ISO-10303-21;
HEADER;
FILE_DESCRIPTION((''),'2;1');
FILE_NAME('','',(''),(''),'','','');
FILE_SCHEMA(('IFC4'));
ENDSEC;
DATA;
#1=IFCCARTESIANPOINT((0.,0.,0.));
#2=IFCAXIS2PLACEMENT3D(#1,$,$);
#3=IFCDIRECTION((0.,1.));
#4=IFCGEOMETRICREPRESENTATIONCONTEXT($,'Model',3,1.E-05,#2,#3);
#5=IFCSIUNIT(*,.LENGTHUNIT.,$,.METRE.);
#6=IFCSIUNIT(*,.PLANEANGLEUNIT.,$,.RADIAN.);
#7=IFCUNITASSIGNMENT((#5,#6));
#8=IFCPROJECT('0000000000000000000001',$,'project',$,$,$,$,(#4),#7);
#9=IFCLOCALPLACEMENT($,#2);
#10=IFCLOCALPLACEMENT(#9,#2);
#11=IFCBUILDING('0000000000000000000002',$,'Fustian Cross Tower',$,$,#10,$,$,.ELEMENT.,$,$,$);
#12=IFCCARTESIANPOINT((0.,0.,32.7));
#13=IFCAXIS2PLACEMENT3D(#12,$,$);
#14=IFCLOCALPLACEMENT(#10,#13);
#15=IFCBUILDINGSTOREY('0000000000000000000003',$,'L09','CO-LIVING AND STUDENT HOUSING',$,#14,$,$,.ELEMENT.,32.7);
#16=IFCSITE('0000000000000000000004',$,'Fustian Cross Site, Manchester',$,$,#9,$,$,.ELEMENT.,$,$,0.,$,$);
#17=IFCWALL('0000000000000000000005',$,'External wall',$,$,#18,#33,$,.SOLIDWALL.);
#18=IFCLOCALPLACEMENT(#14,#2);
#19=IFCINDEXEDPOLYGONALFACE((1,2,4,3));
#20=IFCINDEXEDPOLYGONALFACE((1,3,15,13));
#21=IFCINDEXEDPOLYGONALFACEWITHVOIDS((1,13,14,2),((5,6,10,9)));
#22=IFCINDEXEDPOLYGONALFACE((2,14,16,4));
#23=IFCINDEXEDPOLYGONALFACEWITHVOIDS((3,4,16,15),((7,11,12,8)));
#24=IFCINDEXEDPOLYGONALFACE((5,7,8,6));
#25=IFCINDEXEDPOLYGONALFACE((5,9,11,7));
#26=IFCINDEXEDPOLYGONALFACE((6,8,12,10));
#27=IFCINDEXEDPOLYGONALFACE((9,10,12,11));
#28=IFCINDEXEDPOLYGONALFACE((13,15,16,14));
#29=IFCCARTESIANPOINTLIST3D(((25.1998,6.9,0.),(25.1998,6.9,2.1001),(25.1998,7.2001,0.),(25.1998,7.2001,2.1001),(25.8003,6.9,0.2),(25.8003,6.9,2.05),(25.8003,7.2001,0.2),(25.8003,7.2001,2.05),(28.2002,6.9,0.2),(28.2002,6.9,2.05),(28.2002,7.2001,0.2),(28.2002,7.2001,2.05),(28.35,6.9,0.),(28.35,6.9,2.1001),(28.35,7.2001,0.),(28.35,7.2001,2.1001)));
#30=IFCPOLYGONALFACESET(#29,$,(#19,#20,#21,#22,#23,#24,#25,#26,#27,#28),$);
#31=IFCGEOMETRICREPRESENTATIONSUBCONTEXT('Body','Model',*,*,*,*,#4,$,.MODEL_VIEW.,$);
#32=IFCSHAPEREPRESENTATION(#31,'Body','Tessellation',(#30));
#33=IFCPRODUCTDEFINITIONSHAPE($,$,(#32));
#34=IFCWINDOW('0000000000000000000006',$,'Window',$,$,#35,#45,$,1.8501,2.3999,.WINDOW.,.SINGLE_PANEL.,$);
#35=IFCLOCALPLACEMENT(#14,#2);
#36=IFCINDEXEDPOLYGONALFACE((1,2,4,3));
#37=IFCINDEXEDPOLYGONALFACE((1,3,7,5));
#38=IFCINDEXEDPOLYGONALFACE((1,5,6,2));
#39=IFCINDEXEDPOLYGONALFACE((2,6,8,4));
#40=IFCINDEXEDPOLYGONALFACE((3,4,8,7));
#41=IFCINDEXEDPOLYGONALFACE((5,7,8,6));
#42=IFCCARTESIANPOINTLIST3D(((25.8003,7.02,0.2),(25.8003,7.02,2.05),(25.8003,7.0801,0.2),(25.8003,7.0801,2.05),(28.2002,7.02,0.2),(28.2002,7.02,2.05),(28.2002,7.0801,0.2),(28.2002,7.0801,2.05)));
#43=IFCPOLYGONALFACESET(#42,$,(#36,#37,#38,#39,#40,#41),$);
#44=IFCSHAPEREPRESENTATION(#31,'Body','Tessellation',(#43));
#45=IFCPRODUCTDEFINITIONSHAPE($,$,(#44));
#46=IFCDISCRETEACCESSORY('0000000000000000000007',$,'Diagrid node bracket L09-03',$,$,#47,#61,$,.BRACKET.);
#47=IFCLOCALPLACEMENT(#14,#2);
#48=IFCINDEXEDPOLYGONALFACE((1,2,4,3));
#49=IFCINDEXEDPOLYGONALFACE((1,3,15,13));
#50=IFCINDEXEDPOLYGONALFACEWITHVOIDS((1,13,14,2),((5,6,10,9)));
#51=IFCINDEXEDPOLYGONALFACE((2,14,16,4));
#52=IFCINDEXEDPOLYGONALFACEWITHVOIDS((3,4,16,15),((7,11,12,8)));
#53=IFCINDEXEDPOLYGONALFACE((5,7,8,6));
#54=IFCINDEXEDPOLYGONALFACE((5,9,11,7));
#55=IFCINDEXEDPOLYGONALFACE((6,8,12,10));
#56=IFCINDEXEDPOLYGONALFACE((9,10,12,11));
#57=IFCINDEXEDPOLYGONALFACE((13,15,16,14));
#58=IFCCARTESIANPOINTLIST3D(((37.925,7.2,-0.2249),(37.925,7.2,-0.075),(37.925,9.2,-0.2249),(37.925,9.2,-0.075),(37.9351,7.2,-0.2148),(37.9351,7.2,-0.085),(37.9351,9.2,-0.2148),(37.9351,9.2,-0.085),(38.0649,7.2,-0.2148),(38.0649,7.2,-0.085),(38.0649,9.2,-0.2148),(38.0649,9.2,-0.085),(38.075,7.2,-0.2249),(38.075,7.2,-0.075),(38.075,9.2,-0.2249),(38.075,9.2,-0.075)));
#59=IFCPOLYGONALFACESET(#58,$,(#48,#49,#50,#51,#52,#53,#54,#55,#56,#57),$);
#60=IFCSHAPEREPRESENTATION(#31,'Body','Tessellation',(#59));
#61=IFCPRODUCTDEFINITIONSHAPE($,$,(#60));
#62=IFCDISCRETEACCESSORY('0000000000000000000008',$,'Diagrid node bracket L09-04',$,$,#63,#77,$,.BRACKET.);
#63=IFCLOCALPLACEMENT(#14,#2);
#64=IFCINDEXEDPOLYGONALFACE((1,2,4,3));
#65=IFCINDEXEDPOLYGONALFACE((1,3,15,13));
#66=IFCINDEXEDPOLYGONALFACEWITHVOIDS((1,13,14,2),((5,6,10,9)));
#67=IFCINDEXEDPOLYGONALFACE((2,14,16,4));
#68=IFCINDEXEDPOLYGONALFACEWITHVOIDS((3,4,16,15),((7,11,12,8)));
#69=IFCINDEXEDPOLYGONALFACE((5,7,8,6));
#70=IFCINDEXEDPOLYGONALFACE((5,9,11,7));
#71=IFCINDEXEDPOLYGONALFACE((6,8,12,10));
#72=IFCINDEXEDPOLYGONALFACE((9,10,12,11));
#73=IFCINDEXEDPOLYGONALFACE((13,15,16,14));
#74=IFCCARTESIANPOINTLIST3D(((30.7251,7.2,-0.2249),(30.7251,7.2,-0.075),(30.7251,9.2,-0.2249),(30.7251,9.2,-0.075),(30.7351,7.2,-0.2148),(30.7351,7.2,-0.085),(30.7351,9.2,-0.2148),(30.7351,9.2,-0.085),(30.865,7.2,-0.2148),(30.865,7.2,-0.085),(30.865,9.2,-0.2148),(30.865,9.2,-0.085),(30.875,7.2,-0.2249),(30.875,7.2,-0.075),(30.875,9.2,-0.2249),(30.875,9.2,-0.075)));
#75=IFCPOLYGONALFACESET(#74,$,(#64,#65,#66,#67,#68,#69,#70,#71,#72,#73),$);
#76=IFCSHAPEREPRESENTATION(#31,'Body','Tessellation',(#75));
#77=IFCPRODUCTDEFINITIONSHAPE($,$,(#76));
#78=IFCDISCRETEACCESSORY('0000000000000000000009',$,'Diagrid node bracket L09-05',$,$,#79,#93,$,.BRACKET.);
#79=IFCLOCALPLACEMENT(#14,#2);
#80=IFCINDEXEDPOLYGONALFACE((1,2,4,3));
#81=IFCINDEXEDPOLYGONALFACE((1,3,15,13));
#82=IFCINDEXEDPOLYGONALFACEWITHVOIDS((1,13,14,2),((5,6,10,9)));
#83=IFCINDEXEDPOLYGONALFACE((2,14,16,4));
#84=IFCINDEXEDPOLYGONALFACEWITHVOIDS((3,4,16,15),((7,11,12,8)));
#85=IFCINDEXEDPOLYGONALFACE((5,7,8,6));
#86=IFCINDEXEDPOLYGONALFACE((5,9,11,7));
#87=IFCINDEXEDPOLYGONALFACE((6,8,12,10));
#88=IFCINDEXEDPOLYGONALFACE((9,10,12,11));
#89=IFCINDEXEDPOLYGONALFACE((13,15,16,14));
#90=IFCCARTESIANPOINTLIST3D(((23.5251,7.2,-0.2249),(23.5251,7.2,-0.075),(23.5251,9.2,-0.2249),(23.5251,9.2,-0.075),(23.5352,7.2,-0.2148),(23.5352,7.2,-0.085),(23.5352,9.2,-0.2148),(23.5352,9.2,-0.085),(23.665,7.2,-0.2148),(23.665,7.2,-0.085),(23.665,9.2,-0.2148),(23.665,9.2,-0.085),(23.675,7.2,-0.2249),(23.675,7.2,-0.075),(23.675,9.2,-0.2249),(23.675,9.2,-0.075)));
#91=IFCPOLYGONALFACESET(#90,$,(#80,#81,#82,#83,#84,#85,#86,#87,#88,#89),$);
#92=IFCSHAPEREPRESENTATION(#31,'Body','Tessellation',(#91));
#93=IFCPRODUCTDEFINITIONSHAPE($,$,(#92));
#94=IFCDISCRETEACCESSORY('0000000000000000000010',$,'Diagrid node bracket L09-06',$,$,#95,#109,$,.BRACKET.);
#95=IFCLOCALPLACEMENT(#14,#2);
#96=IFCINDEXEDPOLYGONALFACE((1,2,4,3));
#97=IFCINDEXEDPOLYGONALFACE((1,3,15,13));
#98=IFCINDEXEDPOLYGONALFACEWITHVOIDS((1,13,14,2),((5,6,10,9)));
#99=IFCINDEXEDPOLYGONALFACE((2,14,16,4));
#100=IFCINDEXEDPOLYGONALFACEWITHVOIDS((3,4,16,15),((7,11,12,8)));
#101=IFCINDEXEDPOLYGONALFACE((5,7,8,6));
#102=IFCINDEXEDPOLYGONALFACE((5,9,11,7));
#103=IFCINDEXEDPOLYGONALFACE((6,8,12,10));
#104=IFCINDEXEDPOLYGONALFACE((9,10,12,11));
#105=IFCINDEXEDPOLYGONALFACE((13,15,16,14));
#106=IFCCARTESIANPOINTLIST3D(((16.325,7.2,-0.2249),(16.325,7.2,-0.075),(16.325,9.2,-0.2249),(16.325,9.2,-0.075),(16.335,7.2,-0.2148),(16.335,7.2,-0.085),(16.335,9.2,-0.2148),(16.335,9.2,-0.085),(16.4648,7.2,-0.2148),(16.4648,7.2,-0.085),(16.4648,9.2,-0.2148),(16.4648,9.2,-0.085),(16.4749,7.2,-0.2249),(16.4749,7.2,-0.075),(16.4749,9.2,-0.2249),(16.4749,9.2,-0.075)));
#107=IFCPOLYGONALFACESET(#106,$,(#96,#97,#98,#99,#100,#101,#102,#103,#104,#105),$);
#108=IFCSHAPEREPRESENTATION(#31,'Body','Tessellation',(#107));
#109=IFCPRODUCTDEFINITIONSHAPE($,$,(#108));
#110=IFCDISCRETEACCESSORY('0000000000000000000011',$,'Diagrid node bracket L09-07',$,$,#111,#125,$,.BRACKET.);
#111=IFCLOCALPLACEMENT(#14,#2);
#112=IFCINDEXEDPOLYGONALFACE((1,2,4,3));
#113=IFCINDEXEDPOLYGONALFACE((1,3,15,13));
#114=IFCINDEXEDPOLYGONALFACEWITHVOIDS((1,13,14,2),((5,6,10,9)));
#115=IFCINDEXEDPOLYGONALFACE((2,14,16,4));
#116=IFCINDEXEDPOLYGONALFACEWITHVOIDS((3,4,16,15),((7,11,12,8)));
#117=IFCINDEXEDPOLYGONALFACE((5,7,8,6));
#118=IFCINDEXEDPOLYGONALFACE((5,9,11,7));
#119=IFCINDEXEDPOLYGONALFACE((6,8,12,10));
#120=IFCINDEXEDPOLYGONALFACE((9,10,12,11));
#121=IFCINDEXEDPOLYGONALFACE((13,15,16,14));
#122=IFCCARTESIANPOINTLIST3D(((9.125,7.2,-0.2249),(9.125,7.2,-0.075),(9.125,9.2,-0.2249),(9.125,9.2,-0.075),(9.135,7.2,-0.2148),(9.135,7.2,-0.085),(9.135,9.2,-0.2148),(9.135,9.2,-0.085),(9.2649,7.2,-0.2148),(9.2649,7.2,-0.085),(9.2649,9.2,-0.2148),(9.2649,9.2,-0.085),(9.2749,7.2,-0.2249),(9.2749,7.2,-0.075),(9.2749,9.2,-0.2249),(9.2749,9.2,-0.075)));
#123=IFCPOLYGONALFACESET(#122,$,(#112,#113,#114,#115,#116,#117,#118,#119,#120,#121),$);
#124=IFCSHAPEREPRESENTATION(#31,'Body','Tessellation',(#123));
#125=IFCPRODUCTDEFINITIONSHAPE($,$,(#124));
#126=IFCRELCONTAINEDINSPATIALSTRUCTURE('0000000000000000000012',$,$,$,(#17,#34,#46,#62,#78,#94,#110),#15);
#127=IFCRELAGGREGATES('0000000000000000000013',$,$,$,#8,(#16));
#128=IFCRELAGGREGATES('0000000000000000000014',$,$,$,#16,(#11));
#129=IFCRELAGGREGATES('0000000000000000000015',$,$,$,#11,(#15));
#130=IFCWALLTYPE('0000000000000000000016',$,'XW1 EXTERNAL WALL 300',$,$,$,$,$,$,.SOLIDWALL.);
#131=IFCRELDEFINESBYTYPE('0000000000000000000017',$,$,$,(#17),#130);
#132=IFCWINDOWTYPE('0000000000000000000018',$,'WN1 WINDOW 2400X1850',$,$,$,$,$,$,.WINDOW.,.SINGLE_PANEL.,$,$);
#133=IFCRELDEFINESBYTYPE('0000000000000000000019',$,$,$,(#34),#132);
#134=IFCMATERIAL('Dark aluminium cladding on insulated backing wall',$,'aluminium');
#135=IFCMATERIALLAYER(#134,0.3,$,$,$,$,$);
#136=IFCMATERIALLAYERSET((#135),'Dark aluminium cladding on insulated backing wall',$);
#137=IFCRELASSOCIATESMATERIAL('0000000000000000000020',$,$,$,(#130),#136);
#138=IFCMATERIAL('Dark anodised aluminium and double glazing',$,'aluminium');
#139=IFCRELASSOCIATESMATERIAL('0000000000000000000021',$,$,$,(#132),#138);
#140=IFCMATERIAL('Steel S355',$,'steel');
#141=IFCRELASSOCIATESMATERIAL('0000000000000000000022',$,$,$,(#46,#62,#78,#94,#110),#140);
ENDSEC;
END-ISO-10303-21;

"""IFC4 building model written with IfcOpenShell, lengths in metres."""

from ifc_helpers import new_model, si_unit, direction, frame, frame_2d, origin, origin_2d, place, context, subcontext, project, spatial, rectangle, hollow_rectangle, extrude, material, layer, layer_set, type_object, element, fill, save


model = new_model("IFC4")

# Units and contexts
model_context = context("Model", 3, precision=1e-05, world=origin(), true_north=direction((0.0, 1.0)))
body_context = subcontext(model_context, "Body", "Model", "MODEL_VIEW")
ifc_project = project(units=[si_unit("LENGTHUNIT", "METRE"), si_unit("PLANEANGLEUNIT", "RADIAN")], contexts=[model_context])

# Site, building, storey
site_placement = place(None, origin())
site = spatial("IfcSite", under=ifc_project, at=site_placement, Name="Fustian Cross Site, Manchester", CompositionType="ELEMENT", RefElevation=0.0)
building_placement = place(site_placement, origin())
building = spatial("IfcBuilding", under=site, at=building_placement, Name="Fustian Cross Tower", CompositionType="ELEMENT")
storey_placement = place(building_placement, frame((0.0, 0.0, 32.7)))
storey = spatial("IfcBuildingStorey", under=building, at=storey_placement, Name="L09", Description="CO-LIVING AND STUDENT HOUSING", CompositionType="ELEMENT", Elevation=32.7)

# Shared definitions
ifc_material_1 = material(Name="Dark aluminium cladding on insulated backing wall", Category="aluminium")
ifc_layer = layer(ifc_material_1, 0.3)
ifc_layer_set = layer_set([ifc_layer], Name="Dark aluminium cladding on insulated backing wall")
wall_type = type_object("IfcWallType", Name="XW1 EXTERNAL WALL 300", PredefinedType="SOLIDWALL", material=ifc_layer_set)

# Shared definitions
ifc_material_2 = material(Name="Dark anodised aluminium and double glazing", Category="aluminium")
window_type_1 = type_object("IfcWindowType", Name="WN1 WINDOW 2400X1850", PartitioningType="SINGLE_PANEL", PredefinedType="WINDOW", material=ifc_material_2)

# Wall, opening, window
wall_1_placement = place(storey_placement, frame((28.3501, 7.05, 0.0), z_axis=(0.0, 0.0, 1.0), x_axis=(-1.0, 0.0, 0.0)))
wall_1 = element("IfcWall", 1, at=wall_1_placement, inside=storey, type_object=wall_type, Name="External wall", PredefinedType="SOLIDWALL", context=body_context, shape_type="SweptSolid", body=[
    extrude(rectangle(XDim=3.1501, YDim=0.3, at=frame_2d((1.5752, 0.0))), origin(), (0.0, 0.0, 1.0), 2.1001),
])
opening_1_placement = place(wall_1_placement, frame((0.1499, 0.0, 0.2)))
opening_1 = element("IfcOpeningElement", 2, at=opening_1_placement, cuts=wall_1, PredefinedType="OPENING", context=body_context, shape_type="SweptSolid", body=[
    extrude(rectangle(XDim=2.3999, YDim=1.8501, at=frame_2d((1.2, 0.925))), frame((0.0, 0.1599, 0.0), z_axis=(0.0, -1.0, 0.0), x_axis=(1.0, 0.0, 0.0)), (0.0, 0.0, 1.0), 0.3201),
])
window_1_placement = place(opening_1_placement, origin())
window_1 = element("IfcWindow", 3, at=window_1_placement, inside=storey, type_object=window_type_1, Name="Window", OverallHeight=1.8501, OverallWidth=2.3999, PartitioningType="SINGLE_PANEL", PredefinedType="WINDOW", context=body_context, shape_type="SweptSolid", body=[
    extrude(rectangle(XDim=2.3999, YDim=1.8501, at=frame_2d((1.2, 0.925))), frame((0.0, 0.03, 0.0), z_axis=(0.0, -1.0, 0.0), x_axis=(1.0, 0.0, 0.0)), (0.0, 0.0, 1.0), 0.0601),
])
fill(opening_1, window_1)

# Discrete accessories
ifc_material_3 = material(Name="Steel S355", Category="steel")
for number, where, z_axis, x_axis, name in (
    (4, (38.0, 9.2, -0.1499), (0.0, -1.0, 0.0), (1.0, 0.0, 0.0), "Diagrid node bracket L09-03"),
    (5, (30.8, 9.2, -0.1499), (0.0, -1.0, 0.0), (1.0, 0.0, 0.0), "Diagrid node bracket L09-04"),
    (6, (23.6001, 9.2, -0.1499), (0.0, -1.0, 0.0), (1.0, 0.0, 0.0), "Diagrid node bracket L09-05"),
    (7, (16.3999, 9.2, -0.1499), (0.0, -1.0, 0.0), (1.0, 0.0, 0.0), "Diagrid node bracket L09-06"),
    (8, (9.2, 9.2, -0.1499), (0.0, -1.0, 0.0), (1.0, 0.0, 0.0), "Diagrid node bracket L09-07"),
):
    element("IfcDiscreteAccessory", number, at=place(storey_placement, frame(where, z_axis=z_axis, x_axis=x_axis)), inside=storey, material=ifc_material_3, Name=name, PredefinedType="BRACKET", context=body_context, shape_type="SweptSolid", body=[
        extrude(hollow_rectangle(XDim=0.1499, YDim=0.1499, WallThickness=0.01, at=origin_2d()), origin(), (0.0, 0.0, 1.0), 2.0),
    ])

save(model, "model.ifc")
